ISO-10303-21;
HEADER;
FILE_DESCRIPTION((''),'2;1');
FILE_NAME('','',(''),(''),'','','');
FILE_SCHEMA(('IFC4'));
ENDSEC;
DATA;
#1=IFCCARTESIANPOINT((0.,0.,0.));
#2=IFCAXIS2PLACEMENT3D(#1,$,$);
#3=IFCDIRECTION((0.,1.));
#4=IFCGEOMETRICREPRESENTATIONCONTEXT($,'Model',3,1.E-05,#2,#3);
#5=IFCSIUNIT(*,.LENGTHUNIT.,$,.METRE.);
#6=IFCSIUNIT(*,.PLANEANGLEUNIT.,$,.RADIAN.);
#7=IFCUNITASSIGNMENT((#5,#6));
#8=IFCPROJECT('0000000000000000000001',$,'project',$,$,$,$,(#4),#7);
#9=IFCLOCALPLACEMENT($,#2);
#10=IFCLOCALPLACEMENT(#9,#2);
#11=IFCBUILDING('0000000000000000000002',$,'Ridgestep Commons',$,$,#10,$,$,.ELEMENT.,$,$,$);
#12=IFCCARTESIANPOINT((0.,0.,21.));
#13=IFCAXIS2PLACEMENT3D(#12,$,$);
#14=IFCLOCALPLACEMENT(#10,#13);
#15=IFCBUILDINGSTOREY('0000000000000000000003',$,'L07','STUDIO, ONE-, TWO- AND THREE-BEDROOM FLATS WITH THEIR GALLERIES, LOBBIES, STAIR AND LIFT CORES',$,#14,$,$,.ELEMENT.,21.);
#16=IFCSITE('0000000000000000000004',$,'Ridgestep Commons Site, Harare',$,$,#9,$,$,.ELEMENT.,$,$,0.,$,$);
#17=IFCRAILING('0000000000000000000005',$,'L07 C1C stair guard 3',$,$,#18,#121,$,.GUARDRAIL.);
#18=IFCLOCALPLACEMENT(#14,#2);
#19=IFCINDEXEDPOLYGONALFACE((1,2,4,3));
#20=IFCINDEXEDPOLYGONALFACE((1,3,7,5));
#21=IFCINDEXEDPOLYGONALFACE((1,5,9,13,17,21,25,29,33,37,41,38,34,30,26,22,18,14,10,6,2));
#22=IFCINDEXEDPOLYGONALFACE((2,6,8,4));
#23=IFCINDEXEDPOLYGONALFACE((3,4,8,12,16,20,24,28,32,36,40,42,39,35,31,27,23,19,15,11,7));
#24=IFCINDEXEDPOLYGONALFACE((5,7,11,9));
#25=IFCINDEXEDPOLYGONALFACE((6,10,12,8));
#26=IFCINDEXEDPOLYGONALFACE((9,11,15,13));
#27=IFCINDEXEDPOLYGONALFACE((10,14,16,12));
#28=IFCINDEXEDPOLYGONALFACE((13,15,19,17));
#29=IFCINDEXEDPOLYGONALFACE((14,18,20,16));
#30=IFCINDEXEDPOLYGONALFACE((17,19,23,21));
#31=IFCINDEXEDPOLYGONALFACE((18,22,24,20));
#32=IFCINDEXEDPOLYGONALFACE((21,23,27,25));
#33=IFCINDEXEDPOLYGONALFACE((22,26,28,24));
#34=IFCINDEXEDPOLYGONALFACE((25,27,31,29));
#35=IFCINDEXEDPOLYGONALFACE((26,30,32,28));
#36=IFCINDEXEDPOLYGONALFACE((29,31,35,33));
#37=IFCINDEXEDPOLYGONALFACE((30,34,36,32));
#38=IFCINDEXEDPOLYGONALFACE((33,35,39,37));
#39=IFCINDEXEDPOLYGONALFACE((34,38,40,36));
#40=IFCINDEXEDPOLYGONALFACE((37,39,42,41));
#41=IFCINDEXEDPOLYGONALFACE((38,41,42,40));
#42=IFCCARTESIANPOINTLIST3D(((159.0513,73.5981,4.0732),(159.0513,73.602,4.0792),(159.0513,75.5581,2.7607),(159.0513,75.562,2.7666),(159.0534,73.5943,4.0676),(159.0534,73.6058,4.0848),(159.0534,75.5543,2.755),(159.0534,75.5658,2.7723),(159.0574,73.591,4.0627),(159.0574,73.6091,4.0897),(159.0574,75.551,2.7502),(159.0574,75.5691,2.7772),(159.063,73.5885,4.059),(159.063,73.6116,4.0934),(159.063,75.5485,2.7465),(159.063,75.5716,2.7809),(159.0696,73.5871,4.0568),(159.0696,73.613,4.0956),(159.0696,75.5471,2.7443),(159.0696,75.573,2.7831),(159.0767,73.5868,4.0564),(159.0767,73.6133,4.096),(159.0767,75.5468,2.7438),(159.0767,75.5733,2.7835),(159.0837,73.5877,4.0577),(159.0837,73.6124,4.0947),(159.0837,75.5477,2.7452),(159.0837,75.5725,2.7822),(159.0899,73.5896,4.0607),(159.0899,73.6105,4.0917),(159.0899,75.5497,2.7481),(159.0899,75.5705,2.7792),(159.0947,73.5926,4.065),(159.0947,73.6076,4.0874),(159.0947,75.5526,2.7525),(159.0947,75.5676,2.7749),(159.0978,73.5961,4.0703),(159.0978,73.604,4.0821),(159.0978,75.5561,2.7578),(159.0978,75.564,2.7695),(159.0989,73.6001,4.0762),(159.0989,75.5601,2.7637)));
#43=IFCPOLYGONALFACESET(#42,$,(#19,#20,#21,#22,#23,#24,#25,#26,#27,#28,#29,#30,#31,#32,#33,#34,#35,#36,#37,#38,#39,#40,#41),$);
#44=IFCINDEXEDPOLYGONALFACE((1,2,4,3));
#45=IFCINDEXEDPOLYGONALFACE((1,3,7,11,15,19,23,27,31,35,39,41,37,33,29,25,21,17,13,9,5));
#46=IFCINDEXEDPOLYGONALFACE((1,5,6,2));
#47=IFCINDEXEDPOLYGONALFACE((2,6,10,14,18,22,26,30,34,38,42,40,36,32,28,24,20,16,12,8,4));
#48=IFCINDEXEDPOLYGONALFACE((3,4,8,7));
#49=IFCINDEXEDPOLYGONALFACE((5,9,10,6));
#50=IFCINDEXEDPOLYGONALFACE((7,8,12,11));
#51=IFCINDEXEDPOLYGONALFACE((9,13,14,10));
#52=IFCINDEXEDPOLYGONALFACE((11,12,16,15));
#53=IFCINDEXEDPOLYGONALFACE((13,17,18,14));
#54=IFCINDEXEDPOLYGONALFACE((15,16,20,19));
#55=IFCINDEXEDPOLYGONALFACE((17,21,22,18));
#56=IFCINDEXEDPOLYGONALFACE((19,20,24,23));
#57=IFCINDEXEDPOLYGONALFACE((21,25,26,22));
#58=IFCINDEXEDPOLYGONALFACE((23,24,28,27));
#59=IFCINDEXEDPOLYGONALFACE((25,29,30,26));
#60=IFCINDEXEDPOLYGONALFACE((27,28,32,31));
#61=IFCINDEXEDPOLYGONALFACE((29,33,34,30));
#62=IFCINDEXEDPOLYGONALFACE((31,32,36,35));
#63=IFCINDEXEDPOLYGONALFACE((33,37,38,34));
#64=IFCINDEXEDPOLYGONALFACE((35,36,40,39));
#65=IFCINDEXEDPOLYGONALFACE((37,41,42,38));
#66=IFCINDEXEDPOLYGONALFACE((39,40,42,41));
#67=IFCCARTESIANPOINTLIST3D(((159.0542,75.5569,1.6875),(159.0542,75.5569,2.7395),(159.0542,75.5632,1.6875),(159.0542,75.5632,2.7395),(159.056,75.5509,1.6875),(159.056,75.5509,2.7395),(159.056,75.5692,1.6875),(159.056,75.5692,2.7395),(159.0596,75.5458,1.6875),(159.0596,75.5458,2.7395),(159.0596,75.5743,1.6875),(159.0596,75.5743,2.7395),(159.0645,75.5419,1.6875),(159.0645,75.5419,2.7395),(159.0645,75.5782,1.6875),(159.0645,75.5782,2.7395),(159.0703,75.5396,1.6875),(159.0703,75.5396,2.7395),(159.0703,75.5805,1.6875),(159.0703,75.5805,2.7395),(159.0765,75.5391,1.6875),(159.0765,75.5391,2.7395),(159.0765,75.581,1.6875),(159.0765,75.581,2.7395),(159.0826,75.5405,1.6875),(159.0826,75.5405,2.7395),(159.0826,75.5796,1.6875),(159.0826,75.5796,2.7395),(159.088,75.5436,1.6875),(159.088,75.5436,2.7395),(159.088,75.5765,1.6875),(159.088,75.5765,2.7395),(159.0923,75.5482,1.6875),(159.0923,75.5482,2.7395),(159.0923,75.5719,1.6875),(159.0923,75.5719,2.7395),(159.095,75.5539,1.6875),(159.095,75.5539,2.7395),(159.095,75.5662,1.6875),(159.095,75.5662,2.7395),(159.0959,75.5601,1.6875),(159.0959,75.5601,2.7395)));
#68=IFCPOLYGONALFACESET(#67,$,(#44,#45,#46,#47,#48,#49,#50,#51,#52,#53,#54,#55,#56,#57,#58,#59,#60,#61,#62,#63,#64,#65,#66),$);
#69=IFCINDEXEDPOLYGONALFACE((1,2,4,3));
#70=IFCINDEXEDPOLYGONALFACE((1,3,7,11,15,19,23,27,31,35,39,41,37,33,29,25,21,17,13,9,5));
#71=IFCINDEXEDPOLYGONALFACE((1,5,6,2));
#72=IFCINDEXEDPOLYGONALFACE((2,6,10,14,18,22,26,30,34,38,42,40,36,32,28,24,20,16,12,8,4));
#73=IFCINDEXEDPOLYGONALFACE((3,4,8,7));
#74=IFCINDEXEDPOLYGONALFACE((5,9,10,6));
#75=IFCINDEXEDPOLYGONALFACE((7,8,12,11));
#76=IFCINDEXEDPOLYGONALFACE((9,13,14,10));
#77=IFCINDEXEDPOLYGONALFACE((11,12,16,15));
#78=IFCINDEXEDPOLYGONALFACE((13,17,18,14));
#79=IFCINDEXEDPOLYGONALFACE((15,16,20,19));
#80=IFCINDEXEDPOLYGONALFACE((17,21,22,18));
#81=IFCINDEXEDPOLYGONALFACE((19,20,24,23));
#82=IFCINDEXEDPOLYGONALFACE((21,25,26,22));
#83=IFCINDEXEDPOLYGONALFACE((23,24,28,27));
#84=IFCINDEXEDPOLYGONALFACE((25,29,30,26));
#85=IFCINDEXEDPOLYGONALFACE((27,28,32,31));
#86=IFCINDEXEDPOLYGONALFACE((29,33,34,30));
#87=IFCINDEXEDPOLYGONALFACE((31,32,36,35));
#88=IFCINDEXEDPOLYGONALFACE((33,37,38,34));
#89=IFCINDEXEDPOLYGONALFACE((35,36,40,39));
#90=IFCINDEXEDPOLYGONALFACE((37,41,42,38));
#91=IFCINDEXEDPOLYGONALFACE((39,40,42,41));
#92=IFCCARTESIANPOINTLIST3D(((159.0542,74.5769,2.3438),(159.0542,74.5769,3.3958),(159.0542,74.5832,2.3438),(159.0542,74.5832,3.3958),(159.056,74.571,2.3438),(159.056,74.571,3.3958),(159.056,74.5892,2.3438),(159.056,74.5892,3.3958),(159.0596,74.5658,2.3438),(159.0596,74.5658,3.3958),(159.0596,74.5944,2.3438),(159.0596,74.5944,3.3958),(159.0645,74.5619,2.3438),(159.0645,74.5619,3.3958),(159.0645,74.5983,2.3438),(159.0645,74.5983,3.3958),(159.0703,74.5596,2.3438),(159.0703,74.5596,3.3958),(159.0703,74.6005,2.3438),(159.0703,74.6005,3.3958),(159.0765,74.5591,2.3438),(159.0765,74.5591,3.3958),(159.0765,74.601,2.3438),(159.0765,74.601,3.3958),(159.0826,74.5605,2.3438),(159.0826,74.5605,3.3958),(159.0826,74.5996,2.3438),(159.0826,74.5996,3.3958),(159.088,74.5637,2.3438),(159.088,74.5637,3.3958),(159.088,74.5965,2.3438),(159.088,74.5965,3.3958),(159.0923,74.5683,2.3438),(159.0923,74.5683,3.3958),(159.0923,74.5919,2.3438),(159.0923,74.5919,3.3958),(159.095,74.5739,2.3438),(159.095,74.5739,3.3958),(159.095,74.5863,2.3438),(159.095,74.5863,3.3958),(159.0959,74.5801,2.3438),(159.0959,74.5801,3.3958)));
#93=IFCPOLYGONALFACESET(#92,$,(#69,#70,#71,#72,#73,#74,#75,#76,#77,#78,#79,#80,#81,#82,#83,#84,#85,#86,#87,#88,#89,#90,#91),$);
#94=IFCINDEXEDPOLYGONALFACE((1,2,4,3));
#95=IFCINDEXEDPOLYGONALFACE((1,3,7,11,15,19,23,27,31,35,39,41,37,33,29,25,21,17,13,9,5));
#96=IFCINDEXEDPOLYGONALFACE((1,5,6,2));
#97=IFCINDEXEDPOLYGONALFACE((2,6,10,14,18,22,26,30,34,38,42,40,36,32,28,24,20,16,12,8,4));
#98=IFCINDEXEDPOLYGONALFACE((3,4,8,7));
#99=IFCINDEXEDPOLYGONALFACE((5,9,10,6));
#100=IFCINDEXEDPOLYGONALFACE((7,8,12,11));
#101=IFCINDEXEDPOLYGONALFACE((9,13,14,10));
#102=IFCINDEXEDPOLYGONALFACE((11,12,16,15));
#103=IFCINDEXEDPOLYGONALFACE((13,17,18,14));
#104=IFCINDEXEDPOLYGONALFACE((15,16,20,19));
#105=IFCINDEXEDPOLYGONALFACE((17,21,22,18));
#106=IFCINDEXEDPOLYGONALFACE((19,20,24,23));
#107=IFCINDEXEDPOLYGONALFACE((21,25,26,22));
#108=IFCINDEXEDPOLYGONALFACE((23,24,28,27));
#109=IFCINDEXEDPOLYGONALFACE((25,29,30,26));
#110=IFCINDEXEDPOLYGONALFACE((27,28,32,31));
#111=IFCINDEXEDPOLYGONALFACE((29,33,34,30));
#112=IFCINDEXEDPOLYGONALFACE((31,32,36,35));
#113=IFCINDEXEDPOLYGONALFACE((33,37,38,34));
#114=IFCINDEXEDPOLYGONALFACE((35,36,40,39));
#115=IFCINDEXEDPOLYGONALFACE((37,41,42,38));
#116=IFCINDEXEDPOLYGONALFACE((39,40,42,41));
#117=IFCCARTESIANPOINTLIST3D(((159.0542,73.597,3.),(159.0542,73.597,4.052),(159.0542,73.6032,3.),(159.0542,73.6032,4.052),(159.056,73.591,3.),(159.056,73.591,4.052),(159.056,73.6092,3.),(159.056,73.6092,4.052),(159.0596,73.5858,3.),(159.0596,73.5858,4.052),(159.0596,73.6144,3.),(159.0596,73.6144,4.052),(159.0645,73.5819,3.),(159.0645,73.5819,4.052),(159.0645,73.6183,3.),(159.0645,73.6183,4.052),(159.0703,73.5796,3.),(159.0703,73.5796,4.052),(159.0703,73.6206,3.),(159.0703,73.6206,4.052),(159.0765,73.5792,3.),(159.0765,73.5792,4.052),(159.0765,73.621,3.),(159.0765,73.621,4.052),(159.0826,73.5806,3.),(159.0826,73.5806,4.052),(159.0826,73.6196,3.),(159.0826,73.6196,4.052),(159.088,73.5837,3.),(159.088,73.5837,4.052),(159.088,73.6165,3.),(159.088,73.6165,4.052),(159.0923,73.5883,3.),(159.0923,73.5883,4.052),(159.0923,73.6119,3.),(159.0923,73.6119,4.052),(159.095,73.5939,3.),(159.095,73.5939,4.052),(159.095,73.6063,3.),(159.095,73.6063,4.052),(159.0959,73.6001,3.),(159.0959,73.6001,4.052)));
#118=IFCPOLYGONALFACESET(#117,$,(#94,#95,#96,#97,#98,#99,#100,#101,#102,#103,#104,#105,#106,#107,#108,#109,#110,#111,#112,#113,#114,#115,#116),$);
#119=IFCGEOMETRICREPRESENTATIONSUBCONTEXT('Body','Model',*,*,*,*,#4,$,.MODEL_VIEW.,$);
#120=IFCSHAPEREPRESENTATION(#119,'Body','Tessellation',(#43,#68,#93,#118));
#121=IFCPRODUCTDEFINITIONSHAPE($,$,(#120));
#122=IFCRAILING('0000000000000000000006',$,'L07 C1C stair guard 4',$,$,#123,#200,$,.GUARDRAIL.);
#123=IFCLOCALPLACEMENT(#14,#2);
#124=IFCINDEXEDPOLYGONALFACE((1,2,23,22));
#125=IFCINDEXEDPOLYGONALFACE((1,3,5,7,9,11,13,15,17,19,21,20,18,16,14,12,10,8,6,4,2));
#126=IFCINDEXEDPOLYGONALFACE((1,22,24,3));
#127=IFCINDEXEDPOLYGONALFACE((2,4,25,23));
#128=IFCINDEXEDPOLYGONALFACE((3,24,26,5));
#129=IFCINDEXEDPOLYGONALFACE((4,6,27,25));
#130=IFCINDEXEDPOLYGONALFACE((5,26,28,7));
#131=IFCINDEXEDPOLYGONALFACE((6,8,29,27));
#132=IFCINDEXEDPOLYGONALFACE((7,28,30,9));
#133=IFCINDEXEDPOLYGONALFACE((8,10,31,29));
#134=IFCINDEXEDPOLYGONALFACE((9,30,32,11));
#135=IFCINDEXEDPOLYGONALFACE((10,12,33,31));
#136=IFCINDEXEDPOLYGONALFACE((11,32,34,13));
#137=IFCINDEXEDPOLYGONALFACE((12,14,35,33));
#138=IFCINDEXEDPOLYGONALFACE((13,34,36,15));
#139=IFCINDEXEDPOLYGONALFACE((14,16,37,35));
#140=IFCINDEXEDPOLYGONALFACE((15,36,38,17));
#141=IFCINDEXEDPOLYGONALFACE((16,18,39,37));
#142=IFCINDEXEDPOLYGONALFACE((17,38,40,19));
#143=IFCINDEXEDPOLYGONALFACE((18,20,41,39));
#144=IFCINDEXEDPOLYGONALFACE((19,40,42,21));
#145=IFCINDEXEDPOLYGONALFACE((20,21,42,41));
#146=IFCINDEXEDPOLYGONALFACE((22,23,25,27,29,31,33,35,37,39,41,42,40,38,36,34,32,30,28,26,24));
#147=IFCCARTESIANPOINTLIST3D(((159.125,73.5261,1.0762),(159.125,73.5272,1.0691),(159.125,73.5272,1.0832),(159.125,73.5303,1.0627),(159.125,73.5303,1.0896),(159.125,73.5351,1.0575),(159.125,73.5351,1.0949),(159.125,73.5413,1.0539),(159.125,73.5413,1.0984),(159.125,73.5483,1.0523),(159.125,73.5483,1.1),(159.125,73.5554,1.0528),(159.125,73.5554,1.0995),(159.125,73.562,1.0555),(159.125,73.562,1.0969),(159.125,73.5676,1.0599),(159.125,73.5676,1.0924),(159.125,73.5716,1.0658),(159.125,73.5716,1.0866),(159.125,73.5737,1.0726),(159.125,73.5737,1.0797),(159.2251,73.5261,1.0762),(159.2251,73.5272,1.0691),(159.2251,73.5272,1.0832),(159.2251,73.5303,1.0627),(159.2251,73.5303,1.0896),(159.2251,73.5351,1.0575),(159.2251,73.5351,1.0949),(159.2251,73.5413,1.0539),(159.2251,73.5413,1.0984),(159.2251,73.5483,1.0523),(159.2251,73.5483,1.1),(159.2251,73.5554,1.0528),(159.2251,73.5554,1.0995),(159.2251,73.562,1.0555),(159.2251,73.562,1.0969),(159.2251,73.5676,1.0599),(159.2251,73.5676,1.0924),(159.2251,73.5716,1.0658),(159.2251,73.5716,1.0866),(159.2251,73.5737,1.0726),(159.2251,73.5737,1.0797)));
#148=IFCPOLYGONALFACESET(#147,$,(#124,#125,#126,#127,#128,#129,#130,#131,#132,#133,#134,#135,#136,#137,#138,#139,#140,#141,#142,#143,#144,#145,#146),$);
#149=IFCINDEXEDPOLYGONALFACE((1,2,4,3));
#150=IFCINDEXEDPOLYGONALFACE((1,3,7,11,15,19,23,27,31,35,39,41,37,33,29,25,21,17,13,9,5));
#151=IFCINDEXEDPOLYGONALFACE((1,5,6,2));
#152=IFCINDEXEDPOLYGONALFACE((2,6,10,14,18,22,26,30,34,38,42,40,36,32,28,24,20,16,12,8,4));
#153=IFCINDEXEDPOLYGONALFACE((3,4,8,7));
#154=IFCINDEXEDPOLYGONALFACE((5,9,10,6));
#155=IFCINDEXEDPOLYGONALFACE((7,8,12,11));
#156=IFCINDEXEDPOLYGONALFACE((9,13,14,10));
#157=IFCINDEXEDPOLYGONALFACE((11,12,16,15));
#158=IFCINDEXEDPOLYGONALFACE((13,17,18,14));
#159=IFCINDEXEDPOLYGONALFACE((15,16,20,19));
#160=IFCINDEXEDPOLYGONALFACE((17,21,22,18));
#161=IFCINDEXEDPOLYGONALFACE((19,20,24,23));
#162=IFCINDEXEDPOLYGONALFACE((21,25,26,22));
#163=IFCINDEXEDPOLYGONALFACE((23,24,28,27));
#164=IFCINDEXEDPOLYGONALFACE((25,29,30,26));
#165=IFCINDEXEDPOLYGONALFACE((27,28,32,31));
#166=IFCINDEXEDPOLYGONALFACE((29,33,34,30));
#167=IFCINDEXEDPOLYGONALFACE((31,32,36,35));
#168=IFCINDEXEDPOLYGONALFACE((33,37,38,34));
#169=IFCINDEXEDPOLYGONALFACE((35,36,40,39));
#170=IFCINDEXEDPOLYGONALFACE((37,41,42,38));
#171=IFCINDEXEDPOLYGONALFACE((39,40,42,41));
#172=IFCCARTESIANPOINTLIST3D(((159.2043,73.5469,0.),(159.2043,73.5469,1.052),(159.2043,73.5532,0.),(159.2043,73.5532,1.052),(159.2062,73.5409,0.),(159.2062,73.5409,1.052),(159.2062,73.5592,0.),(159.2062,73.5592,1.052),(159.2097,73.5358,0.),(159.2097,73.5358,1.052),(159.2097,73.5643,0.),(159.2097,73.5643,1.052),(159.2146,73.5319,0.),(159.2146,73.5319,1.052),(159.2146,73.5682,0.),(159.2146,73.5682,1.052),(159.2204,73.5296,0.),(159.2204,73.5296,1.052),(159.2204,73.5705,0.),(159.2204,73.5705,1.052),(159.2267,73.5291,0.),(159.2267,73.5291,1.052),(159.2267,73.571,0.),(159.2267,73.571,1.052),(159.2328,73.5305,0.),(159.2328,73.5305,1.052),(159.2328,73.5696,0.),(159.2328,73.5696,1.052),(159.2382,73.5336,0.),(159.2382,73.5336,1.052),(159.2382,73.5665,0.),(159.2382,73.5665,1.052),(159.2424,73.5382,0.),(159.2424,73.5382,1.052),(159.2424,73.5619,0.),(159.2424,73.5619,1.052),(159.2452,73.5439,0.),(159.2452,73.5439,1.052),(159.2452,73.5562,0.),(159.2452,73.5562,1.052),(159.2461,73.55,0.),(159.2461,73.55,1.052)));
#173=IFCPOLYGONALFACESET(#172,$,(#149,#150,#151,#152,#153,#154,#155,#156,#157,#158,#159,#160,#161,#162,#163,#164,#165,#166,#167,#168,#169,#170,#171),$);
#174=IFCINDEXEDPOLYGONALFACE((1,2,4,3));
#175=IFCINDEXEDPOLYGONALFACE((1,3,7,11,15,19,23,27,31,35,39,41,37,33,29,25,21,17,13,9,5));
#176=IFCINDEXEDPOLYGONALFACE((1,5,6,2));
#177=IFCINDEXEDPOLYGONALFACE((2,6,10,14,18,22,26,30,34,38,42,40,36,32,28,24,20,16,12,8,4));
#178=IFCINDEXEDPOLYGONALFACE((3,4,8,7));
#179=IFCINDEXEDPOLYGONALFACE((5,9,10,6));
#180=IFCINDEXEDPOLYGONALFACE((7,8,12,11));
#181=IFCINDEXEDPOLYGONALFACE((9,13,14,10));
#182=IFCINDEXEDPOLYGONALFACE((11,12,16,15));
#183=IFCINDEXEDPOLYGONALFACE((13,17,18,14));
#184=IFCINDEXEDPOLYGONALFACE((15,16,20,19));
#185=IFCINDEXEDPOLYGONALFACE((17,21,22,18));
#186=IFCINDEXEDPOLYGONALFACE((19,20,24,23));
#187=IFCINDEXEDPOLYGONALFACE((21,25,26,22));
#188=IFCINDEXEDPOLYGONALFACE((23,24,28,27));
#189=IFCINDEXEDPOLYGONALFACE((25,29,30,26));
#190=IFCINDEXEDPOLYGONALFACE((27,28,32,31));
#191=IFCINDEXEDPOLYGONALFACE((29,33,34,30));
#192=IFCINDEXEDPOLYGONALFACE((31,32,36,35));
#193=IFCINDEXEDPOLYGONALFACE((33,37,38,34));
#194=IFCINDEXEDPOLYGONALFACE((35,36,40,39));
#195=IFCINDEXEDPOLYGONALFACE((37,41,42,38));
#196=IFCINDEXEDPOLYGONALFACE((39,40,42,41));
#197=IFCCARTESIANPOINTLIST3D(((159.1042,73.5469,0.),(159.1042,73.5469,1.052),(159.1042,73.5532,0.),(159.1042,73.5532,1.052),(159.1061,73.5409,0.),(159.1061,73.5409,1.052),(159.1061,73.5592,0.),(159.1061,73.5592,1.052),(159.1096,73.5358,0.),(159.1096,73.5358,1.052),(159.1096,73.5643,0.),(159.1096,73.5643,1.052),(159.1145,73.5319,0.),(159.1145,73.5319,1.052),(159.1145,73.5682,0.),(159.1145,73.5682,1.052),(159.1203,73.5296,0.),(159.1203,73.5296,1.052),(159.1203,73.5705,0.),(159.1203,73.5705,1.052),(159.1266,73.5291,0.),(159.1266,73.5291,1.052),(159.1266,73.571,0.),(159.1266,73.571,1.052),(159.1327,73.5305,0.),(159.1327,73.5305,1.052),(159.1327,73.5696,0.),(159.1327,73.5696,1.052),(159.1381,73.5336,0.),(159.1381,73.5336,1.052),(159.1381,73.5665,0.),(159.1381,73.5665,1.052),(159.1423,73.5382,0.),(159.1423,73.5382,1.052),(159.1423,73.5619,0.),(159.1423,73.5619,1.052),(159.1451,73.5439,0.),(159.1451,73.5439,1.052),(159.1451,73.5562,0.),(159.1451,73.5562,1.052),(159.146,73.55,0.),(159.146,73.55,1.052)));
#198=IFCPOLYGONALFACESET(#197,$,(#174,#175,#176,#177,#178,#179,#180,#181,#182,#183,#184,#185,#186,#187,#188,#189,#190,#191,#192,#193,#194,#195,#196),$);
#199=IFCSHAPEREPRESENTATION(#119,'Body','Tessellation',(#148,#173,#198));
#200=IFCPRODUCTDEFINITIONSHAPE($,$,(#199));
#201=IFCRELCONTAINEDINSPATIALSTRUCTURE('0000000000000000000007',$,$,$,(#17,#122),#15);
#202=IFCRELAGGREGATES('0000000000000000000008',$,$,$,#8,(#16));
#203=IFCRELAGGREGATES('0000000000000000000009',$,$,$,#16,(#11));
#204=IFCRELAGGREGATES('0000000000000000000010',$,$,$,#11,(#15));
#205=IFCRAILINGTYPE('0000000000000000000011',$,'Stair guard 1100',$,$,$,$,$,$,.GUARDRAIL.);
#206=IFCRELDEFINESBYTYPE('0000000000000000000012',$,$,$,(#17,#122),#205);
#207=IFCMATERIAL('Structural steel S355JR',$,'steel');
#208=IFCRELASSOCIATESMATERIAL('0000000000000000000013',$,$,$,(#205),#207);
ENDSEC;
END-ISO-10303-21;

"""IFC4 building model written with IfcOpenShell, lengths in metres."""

from ifc_helpers import new_model, si_unit, direction, frame, origin, origin_2d, place, context, subcontext, project, spatial, circle, extrude, material, type_object, element, save


model = new_model("IFC4")

# Units and contexts
model_context = context("Model", 3, precision=1e-05, world=origin(), true_north=direction((0.0, 1.0)))
body_context = subcontext(model_context, "Body", "Model", "MODEL_VIEW")
ifc_project = project(units=[si_unit("LENGTHUNIT", "METRE"), si_unit("PLANEANGLEUNIT", "RADIAN")], contexts=[model_context])

# Site, building, storey
site_placement = place(None, origin())
site = spatial("IfcSite", under=ifc_project, at=site_placement, Name="Ridgestep Commons Site, Harare", CompositionType="ELEMENT", RefElevation=0.0)
building_placement = place(site_placement, origin())
building = spatial("IfcBuilding", under=site, at=building_placement, Name="Ridgestep Commons", CompositionType="ELEMENT")
storey_placement = place(building_placement, frame((0.0, 0.0, 21.0)))
storey = spatial("IfcBuildingStorey", under=building, at=storey_placement, Name="L07", Description="STUDIO, ONE-, TWO- AND THREE-BEDROOM FLATS WITH THEIR GALLERIES, LOBBIES, STAIR AND LIFT CORES", CompositionType="ELEMENT", Elevation=21.0)

# Railings
ifc_material_1 = material(Name="Structural steel S355JR", Category="steel")
railing_type_1 = type_object("IfcRailingType", Name="Stair guard 1100", PredefinedType="GUARDRAIL", material=ifc_material_1)
railing_1_placement = place(storey_placement, frame((159.075, 75.5601, 1.6875)))
element("IfcRailing", 1, at=railing_1_placement, inside=storey, type_object=railing_type_1, Name="L07 C1C stair guard 3", PredefinedType="GUARDRAIL", context=body_context, shape_type="SweptSolid", body=[
    extrude(circle(Radius=0.0239, at=origin_2d()), frame((0.0, 0.0, 1.0762), z_axis=(0.0, -0.830902, 0.556419), x_axis=(1.0, 0.0, 0.0)), (0.0, 0.0, 1.0), 2.3589),
    extrude(circle(Radius=0.021, at=origin_2d()), origin(), (0.0, 0.0, 1.0), 1.052),
    extrude(circle(Radius=0.021, at=origin_2d()), frame((0.0, -0.98, 0.6562)), (0.0, 0.0, 1.0), 1.052),
    extrude(circle(Radius=0.021, at=origin_2d()), frame((0.0, -1.96, 1.3125)), (0.0, 0.0, 1.0), 1.052),
])
railing_2_placement = place(storey_placement, frame((159.2251, 73.55, 0.0)))
element("IfcRailing", 2, at=railing_2_placement, inside=storey, type_object=railing_type_1, Name="L07 C1C stair guard 4", PredefinedType="GUARDRAIL", context=body_context, shape_type="SweptSolid", body=[
    extrude(circle(Radius=0.0239, at=origin_2d()), frame((0.0, 0.0, 1.0762), z_axis=(-1.0, 0.0, 0.0), x_axis=(0.0, -1.0, 0.0)), (0.0, 0.0, 1.0), 0.1001),
    extrude(circle(Radius=0.021, at=origin_2d()), origin(), (0.0, 0.0, 1.0), 1.052),
    extrude(circle(Radius=0.021, at=origin_2d()), frame((-0.1001, 0.0, 0.0)), (0.0, 0.0, 1.0), 1.052),
])

save(model, "model.ifc")
